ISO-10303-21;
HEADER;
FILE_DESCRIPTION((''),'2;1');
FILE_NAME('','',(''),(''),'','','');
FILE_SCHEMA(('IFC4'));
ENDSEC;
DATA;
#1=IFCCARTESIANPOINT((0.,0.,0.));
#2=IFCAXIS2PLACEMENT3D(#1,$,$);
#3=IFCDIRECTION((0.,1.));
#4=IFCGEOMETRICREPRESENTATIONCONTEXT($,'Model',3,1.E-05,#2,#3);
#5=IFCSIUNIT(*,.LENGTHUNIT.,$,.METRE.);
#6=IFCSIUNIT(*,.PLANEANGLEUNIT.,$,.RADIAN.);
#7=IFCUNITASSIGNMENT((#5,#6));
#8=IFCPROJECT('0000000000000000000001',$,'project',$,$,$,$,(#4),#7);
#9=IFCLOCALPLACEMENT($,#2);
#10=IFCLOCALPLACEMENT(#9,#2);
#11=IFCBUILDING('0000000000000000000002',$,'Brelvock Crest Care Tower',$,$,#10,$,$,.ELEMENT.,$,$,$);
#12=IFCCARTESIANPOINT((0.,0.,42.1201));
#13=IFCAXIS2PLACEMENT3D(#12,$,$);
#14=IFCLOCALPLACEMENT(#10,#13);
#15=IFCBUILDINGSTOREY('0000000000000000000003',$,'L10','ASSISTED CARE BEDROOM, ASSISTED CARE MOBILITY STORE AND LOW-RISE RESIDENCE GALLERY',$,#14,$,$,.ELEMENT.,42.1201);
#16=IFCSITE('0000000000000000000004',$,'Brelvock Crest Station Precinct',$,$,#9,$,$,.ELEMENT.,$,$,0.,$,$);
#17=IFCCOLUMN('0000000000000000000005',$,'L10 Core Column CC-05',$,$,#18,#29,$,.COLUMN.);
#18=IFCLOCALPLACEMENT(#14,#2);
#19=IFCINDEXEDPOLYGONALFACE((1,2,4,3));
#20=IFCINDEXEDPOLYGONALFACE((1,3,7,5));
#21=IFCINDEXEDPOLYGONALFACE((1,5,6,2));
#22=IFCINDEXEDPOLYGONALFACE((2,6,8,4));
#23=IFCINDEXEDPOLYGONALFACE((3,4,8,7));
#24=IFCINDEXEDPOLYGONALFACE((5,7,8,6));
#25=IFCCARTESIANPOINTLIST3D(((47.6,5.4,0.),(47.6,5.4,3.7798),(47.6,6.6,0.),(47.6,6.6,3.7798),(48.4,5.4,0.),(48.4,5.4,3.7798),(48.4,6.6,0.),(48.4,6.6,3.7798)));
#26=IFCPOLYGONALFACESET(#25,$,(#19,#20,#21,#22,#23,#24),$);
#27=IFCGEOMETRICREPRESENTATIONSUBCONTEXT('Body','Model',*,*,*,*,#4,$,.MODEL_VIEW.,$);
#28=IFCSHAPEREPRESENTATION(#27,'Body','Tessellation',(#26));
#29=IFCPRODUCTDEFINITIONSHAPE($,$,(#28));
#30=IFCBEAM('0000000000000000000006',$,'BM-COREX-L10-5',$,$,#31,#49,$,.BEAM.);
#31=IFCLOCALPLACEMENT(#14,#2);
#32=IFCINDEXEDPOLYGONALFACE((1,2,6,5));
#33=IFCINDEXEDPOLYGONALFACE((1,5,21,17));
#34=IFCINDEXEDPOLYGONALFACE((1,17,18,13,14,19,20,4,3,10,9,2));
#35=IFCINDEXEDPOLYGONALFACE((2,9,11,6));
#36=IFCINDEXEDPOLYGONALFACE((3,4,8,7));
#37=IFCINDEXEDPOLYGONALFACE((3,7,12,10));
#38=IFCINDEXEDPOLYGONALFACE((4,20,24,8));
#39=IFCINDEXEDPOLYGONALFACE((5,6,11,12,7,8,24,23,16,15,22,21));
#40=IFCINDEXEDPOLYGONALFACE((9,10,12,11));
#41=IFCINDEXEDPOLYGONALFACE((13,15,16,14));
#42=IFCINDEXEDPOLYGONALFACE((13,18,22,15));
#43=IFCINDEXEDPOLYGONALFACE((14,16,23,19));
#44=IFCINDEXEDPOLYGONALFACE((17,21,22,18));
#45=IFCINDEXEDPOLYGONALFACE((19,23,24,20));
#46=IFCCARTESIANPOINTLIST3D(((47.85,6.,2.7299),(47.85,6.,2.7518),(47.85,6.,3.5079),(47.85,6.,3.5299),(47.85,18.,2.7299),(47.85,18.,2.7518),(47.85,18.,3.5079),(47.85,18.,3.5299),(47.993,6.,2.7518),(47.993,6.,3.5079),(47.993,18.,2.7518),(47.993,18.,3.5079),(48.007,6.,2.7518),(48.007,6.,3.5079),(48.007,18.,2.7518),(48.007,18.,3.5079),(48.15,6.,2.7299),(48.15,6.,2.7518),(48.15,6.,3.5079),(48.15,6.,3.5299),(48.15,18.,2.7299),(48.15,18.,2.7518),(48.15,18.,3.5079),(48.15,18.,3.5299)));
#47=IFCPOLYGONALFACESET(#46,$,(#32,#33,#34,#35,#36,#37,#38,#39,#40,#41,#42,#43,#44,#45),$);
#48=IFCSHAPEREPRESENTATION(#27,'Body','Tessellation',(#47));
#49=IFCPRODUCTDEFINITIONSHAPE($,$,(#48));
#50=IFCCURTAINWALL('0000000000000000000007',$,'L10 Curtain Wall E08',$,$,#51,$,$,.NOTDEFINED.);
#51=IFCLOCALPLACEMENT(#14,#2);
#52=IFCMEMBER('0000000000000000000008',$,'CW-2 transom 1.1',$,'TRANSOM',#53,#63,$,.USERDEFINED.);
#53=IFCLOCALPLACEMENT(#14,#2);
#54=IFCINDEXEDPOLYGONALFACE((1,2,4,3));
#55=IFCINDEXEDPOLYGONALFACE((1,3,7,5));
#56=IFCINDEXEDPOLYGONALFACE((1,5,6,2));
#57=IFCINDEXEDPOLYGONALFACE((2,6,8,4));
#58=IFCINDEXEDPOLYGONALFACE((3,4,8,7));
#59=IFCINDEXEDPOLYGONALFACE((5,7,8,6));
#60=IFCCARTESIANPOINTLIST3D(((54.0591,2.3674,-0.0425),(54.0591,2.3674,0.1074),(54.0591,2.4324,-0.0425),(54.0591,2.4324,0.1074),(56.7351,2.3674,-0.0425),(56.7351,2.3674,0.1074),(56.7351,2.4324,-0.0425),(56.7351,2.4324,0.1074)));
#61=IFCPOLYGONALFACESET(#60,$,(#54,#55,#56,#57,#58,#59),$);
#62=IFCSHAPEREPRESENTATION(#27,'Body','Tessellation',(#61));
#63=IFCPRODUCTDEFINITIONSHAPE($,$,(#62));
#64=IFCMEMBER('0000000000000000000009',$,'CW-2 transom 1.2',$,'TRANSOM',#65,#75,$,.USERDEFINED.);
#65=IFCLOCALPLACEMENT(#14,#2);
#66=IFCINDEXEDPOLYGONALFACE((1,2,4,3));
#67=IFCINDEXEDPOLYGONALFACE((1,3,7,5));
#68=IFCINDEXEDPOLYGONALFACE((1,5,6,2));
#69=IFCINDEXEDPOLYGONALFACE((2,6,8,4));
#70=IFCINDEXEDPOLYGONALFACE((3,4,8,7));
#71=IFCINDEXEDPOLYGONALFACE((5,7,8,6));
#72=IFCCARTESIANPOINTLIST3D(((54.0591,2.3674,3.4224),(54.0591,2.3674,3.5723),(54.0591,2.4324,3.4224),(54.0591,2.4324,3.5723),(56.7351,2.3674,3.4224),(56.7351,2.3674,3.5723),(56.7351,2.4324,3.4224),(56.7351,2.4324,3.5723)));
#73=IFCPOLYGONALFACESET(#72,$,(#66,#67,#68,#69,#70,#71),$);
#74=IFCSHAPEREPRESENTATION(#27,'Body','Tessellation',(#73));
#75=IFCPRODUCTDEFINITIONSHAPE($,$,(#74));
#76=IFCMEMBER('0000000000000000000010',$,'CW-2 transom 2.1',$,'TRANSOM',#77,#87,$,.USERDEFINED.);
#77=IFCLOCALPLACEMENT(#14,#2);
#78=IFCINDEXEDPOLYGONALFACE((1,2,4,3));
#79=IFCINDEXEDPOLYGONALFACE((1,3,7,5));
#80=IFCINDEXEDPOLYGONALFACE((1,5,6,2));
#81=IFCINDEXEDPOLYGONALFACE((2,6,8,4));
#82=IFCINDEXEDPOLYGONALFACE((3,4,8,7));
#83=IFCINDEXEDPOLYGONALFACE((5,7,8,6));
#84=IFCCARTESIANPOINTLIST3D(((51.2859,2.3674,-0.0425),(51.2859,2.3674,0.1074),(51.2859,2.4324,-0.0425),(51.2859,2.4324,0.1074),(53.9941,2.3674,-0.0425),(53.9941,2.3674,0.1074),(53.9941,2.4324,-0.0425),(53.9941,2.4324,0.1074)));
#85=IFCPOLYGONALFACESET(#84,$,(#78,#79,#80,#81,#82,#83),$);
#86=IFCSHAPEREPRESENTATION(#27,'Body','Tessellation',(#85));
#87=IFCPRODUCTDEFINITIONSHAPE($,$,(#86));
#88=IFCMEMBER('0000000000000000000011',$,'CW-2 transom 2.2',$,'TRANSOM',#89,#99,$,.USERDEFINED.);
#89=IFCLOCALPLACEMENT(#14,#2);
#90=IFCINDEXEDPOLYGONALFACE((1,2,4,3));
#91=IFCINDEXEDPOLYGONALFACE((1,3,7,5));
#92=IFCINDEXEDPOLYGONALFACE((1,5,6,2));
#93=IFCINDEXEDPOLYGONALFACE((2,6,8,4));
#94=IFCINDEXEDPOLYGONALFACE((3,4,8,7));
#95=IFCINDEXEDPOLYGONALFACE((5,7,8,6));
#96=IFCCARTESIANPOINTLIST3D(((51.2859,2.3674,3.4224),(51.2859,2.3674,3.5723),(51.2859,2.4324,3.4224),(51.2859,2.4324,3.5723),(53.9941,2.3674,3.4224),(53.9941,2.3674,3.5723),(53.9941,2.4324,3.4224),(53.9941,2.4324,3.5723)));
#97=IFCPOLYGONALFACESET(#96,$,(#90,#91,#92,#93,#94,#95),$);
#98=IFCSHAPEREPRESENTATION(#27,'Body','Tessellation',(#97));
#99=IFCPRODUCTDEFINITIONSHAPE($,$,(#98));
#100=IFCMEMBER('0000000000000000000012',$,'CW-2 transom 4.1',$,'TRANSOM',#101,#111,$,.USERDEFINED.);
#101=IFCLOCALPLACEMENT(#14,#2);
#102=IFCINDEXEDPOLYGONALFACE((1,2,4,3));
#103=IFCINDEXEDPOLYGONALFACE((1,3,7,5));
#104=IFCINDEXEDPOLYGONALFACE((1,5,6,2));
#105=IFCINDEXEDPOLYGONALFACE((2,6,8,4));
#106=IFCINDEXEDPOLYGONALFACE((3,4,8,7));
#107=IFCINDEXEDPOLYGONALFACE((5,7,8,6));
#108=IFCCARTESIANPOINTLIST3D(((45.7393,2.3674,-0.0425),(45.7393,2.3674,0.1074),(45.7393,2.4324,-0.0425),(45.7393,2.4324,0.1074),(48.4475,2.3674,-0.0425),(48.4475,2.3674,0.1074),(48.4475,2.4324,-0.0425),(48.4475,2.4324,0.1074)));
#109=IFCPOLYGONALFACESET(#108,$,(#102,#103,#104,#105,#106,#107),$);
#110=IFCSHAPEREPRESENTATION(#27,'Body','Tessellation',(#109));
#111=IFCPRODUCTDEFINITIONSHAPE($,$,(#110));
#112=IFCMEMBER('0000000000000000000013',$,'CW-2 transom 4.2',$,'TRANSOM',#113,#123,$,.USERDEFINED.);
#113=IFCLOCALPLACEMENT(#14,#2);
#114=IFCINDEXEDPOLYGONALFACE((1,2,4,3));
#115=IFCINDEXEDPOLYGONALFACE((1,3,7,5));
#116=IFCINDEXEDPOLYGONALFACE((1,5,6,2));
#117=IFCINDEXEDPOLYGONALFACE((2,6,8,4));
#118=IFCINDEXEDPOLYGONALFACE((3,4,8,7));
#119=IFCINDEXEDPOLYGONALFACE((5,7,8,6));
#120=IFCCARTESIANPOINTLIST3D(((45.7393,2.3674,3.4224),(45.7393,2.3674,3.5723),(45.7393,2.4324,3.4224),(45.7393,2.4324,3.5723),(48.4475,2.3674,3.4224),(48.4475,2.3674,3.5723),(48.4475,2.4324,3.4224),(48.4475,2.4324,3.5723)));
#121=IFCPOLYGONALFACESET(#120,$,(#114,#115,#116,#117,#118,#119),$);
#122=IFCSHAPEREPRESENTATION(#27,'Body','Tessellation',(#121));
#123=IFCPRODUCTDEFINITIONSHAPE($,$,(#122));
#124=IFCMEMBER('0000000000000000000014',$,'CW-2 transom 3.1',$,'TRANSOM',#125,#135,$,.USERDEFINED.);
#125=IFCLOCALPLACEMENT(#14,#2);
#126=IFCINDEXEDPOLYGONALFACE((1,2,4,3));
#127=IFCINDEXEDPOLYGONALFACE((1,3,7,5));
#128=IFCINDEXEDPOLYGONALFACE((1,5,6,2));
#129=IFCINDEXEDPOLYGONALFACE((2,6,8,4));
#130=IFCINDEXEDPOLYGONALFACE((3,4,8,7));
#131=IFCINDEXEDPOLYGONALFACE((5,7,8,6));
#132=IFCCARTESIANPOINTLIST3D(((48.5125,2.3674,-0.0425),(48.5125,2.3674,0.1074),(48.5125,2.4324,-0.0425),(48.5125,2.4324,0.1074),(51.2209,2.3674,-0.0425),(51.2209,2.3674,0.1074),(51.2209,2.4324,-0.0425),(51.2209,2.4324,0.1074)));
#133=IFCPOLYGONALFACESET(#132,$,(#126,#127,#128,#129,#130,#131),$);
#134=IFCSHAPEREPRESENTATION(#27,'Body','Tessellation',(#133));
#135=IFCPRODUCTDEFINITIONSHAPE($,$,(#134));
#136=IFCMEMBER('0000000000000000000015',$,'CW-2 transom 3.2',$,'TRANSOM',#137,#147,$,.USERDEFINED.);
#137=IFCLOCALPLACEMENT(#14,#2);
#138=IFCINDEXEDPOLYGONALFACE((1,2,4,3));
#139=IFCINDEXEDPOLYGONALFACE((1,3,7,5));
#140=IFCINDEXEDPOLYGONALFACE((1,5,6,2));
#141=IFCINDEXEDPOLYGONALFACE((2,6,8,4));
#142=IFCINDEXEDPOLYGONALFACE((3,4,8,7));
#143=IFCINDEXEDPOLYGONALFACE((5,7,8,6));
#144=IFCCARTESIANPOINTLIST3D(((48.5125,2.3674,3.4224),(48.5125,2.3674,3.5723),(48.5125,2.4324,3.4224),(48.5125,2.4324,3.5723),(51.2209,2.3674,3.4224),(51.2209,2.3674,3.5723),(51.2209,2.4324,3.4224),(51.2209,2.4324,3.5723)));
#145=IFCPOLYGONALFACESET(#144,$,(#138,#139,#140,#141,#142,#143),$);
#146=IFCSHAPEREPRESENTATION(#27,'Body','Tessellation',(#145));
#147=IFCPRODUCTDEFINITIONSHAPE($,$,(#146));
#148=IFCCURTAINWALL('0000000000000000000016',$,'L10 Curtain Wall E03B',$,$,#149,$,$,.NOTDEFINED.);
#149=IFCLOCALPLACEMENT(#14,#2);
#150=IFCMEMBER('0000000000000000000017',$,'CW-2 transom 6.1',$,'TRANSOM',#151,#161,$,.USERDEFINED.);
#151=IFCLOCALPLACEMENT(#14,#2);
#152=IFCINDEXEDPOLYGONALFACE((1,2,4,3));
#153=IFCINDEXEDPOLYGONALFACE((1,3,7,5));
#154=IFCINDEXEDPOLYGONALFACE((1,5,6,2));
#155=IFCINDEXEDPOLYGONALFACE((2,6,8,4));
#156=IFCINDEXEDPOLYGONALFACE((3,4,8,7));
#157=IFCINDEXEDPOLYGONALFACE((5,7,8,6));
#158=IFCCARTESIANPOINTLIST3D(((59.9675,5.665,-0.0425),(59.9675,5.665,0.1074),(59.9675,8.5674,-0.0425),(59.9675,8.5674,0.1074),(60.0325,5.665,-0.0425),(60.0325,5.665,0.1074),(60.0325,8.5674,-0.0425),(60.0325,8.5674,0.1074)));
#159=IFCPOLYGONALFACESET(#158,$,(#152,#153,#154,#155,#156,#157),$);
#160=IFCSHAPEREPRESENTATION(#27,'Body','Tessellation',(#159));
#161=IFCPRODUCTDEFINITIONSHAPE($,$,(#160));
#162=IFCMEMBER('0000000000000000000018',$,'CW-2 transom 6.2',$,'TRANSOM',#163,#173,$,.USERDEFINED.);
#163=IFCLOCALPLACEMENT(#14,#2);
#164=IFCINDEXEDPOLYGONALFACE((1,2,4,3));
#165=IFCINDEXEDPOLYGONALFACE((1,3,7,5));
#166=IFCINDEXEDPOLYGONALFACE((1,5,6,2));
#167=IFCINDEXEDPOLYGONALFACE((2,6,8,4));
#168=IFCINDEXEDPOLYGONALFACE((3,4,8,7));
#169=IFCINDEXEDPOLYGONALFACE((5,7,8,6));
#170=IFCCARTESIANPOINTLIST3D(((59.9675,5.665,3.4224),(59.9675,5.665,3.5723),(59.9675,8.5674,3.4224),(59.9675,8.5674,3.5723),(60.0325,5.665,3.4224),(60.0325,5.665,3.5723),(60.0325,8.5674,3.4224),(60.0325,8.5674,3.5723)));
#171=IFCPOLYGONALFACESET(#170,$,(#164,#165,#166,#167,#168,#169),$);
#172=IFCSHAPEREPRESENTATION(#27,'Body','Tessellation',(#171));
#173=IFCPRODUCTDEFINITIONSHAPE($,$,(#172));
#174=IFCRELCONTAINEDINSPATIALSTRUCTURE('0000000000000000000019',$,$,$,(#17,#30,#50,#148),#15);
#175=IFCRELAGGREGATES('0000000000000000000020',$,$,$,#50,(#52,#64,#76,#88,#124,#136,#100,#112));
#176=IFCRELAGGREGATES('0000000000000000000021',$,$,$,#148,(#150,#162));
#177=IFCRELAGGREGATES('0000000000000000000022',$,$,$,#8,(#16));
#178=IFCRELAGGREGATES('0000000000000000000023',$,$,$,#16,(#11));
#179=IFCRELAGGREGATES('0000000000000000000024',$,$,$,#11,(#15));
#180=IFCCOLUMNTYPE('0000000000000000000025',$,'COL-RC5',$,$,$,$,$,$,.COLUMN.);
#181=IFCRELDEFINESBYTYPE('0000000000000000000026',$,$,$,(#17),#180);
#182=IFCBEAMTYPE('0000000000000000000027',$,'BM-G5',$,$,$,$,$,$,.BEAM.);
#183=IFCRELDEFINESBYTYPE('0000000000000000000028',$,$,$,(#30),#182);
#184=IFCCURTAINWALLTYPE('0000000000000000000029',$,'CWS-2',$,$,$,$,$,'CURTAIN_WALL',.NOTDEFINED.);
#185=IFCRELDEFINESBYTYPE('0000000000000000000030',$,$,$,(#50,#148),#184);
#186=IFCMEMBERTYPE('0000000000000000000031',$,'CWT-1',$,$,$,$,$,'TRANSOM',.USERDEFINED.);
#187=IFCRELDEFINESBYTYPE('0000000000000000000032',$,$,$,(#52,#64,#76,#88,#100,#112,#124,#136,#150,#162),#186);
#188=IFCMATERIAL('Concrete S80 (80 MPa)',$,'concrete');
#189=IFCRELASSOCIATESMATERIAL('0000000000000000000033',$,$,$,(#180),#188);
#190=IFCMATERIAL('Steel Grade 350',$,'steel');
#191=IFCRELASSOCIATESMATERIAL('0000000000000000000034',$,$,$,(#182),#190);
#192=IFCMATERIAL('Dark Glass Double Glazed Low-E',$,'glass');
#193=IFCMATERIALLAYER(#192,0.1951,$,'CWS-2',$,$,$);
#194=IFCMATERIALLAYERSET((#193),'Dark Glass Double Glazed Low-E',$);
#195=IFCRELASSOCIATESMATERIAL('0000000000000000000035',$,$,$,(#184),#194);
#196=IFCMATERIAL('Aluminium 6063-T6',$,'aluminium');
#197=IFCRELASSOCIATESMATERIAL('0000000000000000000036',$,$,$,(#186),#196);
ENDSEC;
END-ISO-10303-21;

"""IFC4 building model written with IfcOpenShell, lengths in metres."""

from ifc_helpers import new_model, si_unit, direction, frame, origin, origin_2d, place, context, subcontext, project, spatial, rectangle, i_section, extrude, source, transform, mapped, material, layer, layer_set, material_profile, profile_set, type_object, element, aggregate, save


model = new_model("IFC4")

# Units and contexts
model_context = context("Model", 3, precision=1e-05, world=origin(), true_north=direction((0.0, 1.0)))
body_context = subcontext(model_context, "Body", "Model", "MODEL_VIEW")
ifc_project = project(units=[si_unit("LENGTHUNIT", "METRE"), si_unit("PLANEANGLEUNIT", "RADIAN")], contexts=[model_context])

# Site, building, storey
site_placement = place(None, origin())
site = spatial("IfcSite", under=ifc_project, at=site_placement, Name="Brelvock Crest Station Precinct", CompositionType="ELEMENT", RefElevation=0.0)
building_placement = place(site_placement, origin())
building = spatial("IfcBuilding", under=site, at=building_placement, Name="Brelvock Crest Care Tower", CompositionType="ELEMENT")
storey_placement = place(building_placement, frame((0.0, 0.0, 42.1201)))
storey = spatial("IfcBuildingStorey", under=building, at=storey_placement, Name="L10", Description="ASSISTED CARE BEDROOM, ASSISTED CARE MOBILITY STORE AND LOW-RISE RESIDENCE GALLERY", CompositionType="ELEMENT", Elevation=42.1201)

# Column
ifc_material_1 = material(Name="Concrete S80 (80 MPa)", Category="concrete")
ifc_material_profile_1 = material_profile(ifc_material_1, rectangle(XDim=0.8, YDim=1.2, at=origin_2d()), Name="RC800x1200")
ifc_profile_set_1 = profile_set([ifc_material_profile_1], Name="Concrete S80 (80 MPa)")
column_type = type_object("IfcColumnType", Name="COL-RC5", PredefinedType="COLUMN", material=ifc_profile_set_1)
shared_shape_1 = source(origin(), body_context, "Body", "SweptSolid", [
    extrude(rectangle(XDim=0.8, YDim=1.2, at=origin_2d()), origin(), (0.0, 0.0, 1.0), 3.7798),
])
column_placement = place(storey_placement, frame((48.0, 6.0, 0.0), z_axis=(0.0, 0.0, 1.0), x_axis=(1.0, 0.0, 0.0)))
element("IfcColumn", 1, at=column_placement, inside=storey, type_object=column_type, Name="L10 Core Column CC-05", PredefinedType="COLUMN", context=body_context, shape_type="MappedRepresentation", body=[
    mapped(shared_shape_1, transform((0.0, 0.0, 0.0), x_axis=(1.0, 0.0, 0.0), y_axis=(0.0, 1.0, 0.0), z_axis=(0.0, 0.0, 1.0), scale=1.0)),
])

# Beam
ifc_material_2 = material(Name="Steel Grade 350", Category="steel")
ifc_material_profile_2 = material_profile(ifc_material_2, i_section(OverallWidth=0.3, OverallDepth=0.8, WebThickness=0.0139, FlangeThickness=0.022, at=origin_2d()), Name="800WB192")
ifc_profile_set_2 = profile_set([ifc_material_profile_2], Name="Steel Grade 350")
beam_type = type_object("IfcBeamType", Name="BM-G5", PredefinedType="BEAM", material=ifc_profile_set_2)
shared_shape_2 = source(origin(), body_context, "Body", "SweptSolid", [
    extrude(i_section(OverallWidth=0.3, OverallDepth=0.8, WebThickness=0.0139, FlangeThickness=0.022, at=origin_2d()), origin(), (0.0, 0.0, 1.0), 12.0),
])
beam_placement = place(storey_placement, frame((48.0, 6.0, 3.1299), z_axis=(0.0, 1.0, 0.0), x_axis=(-1.0, 0.0, 0.0)))
element("IfcBeam", 2, at=beam_placement, inside=storey, type_object=beam_type, Name="BM-COREX-L10-5", PredefinedType="BEAM", context=body_context, shape_type="MappedRepresentation", body=[
    mapped(shared_shape_2, transform((0.0, 0.0, 0.0), x_axis=(1.0, 0.0, 0.0), y_axis=(0.0, 1.0, 0.0), z_axis=(0.0, 0.0, 1.0), scale=1.0)),
])

# Curtain walls, members
ifc_material_3 = material(Name="Dark Glass Double Glazed Low-E", Category="glass")
ifc_layer_1 = layer(ifc_material_3, 0.1951, Name="CWS-2")
ifc_layer_set_1 = layer_set([ifc_layer_1], Name="Dark Glass Double Glazed Low-E")
curtain_wall_type = type_object("IfcCurtainWallType", Name="CWS-2", ElementType="CURTAIN_WALL", PredefinedType="NOTDEFINED", material=ifc_layer_set_1)
curtain_wall_1_placement = place(storey_placement, origin())
curtain_wall_1 = element("IfcCurtainWall", 3, at=curtain_wall_1_placement, inside=storey, type_object=curtain_wall_type, Name="L10 Curtain Wall E08", PredefinedType="NOTDEFINED")
ifc_material_4 = material(Name="Aluminium 6063-T6", Category="aluminium")
ifc_material_profile_3 = material_profile(ifc_material_4, rectangle(XDim=0.0649, YDim=0.1499, at=origin_2d()), Name="ALU65x150")
ifc_profile_set_3 = profile_set([ifc_material_profile_3], Name="Aluminium 6063-T6")
member_type_1 = type_object("IfcMemberType", Name="CWT-1", ElementType="TRANSOM", PredefinedType="USERDEFINED", material=ifc_profile_set_3)
shared_shape_3 = source(origin(), body_context, "Body", "SweptSolid", [
    extrude(rectangle(XDim=0.0649, YDim=0.1499, at=origin_2d()), origin(), (0.0, 0.0, 1.0), 2.676),
])
member_1_placement = place(storey_placement, frame((56.7351, 2.3999, 0.0325), z_axis=(-1.0, 0.0, 0.0), x_axis=(0.0, -1.0, 0.0)))
member_1 = element("IfcMember", 4, at=member_1_placement, type_object=member_type_1, Name="CW-2 transom 1.1", ObjectType="TRANSOM", PredefinedType="USERDEFINED", context=body_context, shape_type="MappedRepresentation", body=[
    mapped(shared_shape_3, transform((0.0, 0.0, 0.0), x_axis=(1.0, 0.0, 0.0), y_axis=(0.0, 1.0, 0.0), z_axis=(0.0, 0.0, 1.0), scale=1.0)),
])
member_2_placement = place(storey_placement, frame((56.7351, 2.3999, 3.4973), z_axis=(-1.0, 0.0, 0.0), x_axis=(0.0, -1.0, 0.0)))
member_2 = element("IfcMember", 5, at=member_2_placement, type_object=member_type_1, Name="CW-2 transom 1.2", ObjectType="TRANSOM", PredefinedType="USERDEFINED", context=body_context, shape_type="MappedRepresentation", body=[
    mapped(shared_shape_3, transform((0.0, 0.0, 0.0), x_axis=(1.0, 0.0, 0.0), y_axis=(0.0, 1.0, 0.0), z_axis=(0.0, 0.0, 1.0), scale=1.0)),
])
shared_shape_4 = source(origin(), body_context, "Body", "SweptSolid", [
    extrude(rectangle(XDim=0.0649, YDim=0.1499, at=origin_2d()), origin(), (0.0, 0.0, 1.0), 2.7083),
])
member_3_placement = place(storey_placement, frame((53.9941, 2.3999, 0.0325), z_axis=(-1.0, 0.0, 0.0), x_axis=(0.0, -1.0, 0.0)))
member_3 = element("IfcMember", 6, at=member_3_placement, type_object=member_type_1, Name="CW-2 transom 2.1", ObjectType="TRANSOM", PredefinedType="USERDEFINED", context=body_context, shape_type="MappedRepresentation", body=[
    mapped(shared_shape_4, transform((0.0, 0.0, 0.0), x_axis=(1.0, 0.0, 0.0), y_axis=(0.0, 1.0, 0.0), z_axis=(0.0, 0.0, 1.0), scale=1.0)),
])
member_4_placement = place(storey_placement, frame((53.9941, 2.3999, 3.4973), z_axis=(-1.0, 0.0, 0.0), x_axis=(0.0, -1.0, 0.0)))
member_4 = element("IfcMember", 7, at=member_4_placement, type_object=member_type_1, Name="CW-2 transom 2.2", ObjectType="TRANSOM", PredefinedType="USERDEFINED", context=body_context, shape_type="MappedRepresentation", body=[
    mapped(shared_shape_4, transform((0.0, 0.0, 0.0), x_axis=(1.0, 0.0, 0.0), y_axis=(0.0, 1.0, 0.0), z_axis=(0.0, 0.0, 1.0), scale=1.0)),
])
member_5_placement = place(storey_placement, frame((48.4475, 2.3999, 0.0325), z_axis=(-1.0, 0.0, 0.0), x_axis=(0.0, -1.0, 0.0)))
member_5 = element("IfcMember", 8, at=member_5_placement, type_object=member_type_1, Name="CW-2 transom 4.1", ObjectType="TRANSOM", PredefinedType="USERDEFINED", context=body_context, shape_type="MappedRepresentation", body=[
    mapped(shared_shape_4, transform((0.0, 0.0, 0.0), x_axis=(1.0, 0.0, 0.0), y_axis=(0.0, 1.0, 0.0), z_axis=(0.0, 0.0, 1.0), scale=1.0)),
])
member_6_placement = place(storey_placement, frame((48.4475, 2.3999, 3.4973), z_axis=(-1.0, 0.0, 0.0), x_axis=(0.0, -1.0, 0.0)))
member_6 = element("IfcMember", 9, at=member_6_placement, type_object=member_type_1, Name="CW-2 transom 4.2", ObjectType="TRANSOM", PredefinedType="USERDEFINED", context=body_context, shape_type="MappedRepresentation", body=[
    mapped(shared_shape_4, transform((0.0, 0.0, 0.0), x_axis=(1.0, 0.0, 0.0), y_axis=(0.0, 1.0, 0.0), z_axis=(0.0, 0.0, 1.0), scale=1.0)),
])
shared_shape_5 = source(origin(), body_context, "Body", "SweptSolid", [
    extrude(rectangle(XDim=0.0649, YDim=0.1499, at=origin_2d()), origin(), (0.0, 0.0, 1.0), 2.7085),
])
member_7_placement = place(storey_placement, frame((51.2209, 2.3999, 0.0325), z_axis=(-1.0, 0.0, 0.0), x_axis=(0.0, -1.0, 0.0)))
member_7 = element("IfcMember", 10, at=member_7_placement, type_object=member_type_1, Name="CW-2 transom 3.1", ObjectType="TRANSOM", PredefinedType="USERDEFINED", context=body_context, shape_type="MappedRepresentation", body=[
    mapped(shared_shape_5, transform((0.0, 0.0, 0.0), x_axis=(1.0, 0.0, 0.0), y_axis=(0.0, 1.0, 0.0), z_axis=(0.0, 0.0, 1.0), scale=1.0)),
])
member_8_placement = place(storey_placement, frame((51.2209, 2.3999, 3.4973), z_axis=(-1.0, 0.0, 0.0), x_axis=(0.0, -1.0, 0.0)))
member_8 = element("IfcMember", 11, at=member_8_placement, type_object=member_type_1, Name="CW-2 transom 3.2", ObjectType="TRANSOM", PredefinedType="USERDEFINED", context=body_context, shape_type="MappedRepresentation", body=[
    mapped(shared_shape_5, transform((0.0, 0.0, 0.0), x_axis=(1.0, 0.0, 0.0), y_axis=(0.0, 1.0, 0.0), z_axis=(0.0, 0.0, 1.0), scale=1.0)),
])
curtain_wall_2_placement = place(storey_placement, origin())
curtain_wall_2 = element("IfcCurtainWall", 12, at=curtain_wall_2_placement, inside=storey, type_object=curtain_wall_type, Name="L10 Curtain Wall E03B", PredefinedType="NOTDEFINED")
shared_shape_6 = source(origin(), body_context, "Body", "SweptSolid", [
    extrude(rectangle(XDim=0.0649, YDim=0.1499, at=origin_2d()), origin(), (0.0, 0.0, 1.0), 2.9023),
])
member_9_placement = place(storey_placement, frame((60.0, 8.5674, 0.0325), z_axis=(0.0, -1.0, 0.0), x_axis=(1.0, 0.0, 0.0)))
member_9 = element("IfcMember", 13, at=member_9_placement, type_object=member_type_1, Name="CW-2 transom 6.1", ObjectType="TRANSOM", PredefinedType="USERDEFINED", context=body_context, shape_type="MappedRepresentation", body=[
    mapped(shared_shape_6, transform((0.0, 0.0, 0.0), x_axis=(1.0, 0.0, 0.0), y_axis=(0.0, 1.0, 0.0), z_axis=(0.0, 0.0, 1.0), scale=1.0)),
])
member_10_placement = place(storey_placement, frame((60.0, 8.5674, 3.4973), z_axis=(0.0, -1.0, 0.0), x_axis=(1.0, 0.0, 0.0)))
member_10 = element("IfcMember", 14, at=member_10_placement, type_object=member_type_1, Name="CW-2 transom 6.2", ObjectType="TRANSOM", PredefinedType="USERDEFINED", context=body_context, shape_type="MappedRepresentation", body=[
    mapped(shared_shape_6, transform((0.0, 0.0, 0.0), x_axis=(1.0, 0.0, 0.0), y_axis=(0.0, 1.0, 0.0), z_axis=(0.0, 0.0, 1.0), scale=1.0)),
])

aggregate(curtain_wall_1, [member_1, member_2, member_3, member_4, member_7, member_8, member_5, member_6])
aggregate(curtain_wall_2, [member_9, member_10])

save(model, "model.ifc")
